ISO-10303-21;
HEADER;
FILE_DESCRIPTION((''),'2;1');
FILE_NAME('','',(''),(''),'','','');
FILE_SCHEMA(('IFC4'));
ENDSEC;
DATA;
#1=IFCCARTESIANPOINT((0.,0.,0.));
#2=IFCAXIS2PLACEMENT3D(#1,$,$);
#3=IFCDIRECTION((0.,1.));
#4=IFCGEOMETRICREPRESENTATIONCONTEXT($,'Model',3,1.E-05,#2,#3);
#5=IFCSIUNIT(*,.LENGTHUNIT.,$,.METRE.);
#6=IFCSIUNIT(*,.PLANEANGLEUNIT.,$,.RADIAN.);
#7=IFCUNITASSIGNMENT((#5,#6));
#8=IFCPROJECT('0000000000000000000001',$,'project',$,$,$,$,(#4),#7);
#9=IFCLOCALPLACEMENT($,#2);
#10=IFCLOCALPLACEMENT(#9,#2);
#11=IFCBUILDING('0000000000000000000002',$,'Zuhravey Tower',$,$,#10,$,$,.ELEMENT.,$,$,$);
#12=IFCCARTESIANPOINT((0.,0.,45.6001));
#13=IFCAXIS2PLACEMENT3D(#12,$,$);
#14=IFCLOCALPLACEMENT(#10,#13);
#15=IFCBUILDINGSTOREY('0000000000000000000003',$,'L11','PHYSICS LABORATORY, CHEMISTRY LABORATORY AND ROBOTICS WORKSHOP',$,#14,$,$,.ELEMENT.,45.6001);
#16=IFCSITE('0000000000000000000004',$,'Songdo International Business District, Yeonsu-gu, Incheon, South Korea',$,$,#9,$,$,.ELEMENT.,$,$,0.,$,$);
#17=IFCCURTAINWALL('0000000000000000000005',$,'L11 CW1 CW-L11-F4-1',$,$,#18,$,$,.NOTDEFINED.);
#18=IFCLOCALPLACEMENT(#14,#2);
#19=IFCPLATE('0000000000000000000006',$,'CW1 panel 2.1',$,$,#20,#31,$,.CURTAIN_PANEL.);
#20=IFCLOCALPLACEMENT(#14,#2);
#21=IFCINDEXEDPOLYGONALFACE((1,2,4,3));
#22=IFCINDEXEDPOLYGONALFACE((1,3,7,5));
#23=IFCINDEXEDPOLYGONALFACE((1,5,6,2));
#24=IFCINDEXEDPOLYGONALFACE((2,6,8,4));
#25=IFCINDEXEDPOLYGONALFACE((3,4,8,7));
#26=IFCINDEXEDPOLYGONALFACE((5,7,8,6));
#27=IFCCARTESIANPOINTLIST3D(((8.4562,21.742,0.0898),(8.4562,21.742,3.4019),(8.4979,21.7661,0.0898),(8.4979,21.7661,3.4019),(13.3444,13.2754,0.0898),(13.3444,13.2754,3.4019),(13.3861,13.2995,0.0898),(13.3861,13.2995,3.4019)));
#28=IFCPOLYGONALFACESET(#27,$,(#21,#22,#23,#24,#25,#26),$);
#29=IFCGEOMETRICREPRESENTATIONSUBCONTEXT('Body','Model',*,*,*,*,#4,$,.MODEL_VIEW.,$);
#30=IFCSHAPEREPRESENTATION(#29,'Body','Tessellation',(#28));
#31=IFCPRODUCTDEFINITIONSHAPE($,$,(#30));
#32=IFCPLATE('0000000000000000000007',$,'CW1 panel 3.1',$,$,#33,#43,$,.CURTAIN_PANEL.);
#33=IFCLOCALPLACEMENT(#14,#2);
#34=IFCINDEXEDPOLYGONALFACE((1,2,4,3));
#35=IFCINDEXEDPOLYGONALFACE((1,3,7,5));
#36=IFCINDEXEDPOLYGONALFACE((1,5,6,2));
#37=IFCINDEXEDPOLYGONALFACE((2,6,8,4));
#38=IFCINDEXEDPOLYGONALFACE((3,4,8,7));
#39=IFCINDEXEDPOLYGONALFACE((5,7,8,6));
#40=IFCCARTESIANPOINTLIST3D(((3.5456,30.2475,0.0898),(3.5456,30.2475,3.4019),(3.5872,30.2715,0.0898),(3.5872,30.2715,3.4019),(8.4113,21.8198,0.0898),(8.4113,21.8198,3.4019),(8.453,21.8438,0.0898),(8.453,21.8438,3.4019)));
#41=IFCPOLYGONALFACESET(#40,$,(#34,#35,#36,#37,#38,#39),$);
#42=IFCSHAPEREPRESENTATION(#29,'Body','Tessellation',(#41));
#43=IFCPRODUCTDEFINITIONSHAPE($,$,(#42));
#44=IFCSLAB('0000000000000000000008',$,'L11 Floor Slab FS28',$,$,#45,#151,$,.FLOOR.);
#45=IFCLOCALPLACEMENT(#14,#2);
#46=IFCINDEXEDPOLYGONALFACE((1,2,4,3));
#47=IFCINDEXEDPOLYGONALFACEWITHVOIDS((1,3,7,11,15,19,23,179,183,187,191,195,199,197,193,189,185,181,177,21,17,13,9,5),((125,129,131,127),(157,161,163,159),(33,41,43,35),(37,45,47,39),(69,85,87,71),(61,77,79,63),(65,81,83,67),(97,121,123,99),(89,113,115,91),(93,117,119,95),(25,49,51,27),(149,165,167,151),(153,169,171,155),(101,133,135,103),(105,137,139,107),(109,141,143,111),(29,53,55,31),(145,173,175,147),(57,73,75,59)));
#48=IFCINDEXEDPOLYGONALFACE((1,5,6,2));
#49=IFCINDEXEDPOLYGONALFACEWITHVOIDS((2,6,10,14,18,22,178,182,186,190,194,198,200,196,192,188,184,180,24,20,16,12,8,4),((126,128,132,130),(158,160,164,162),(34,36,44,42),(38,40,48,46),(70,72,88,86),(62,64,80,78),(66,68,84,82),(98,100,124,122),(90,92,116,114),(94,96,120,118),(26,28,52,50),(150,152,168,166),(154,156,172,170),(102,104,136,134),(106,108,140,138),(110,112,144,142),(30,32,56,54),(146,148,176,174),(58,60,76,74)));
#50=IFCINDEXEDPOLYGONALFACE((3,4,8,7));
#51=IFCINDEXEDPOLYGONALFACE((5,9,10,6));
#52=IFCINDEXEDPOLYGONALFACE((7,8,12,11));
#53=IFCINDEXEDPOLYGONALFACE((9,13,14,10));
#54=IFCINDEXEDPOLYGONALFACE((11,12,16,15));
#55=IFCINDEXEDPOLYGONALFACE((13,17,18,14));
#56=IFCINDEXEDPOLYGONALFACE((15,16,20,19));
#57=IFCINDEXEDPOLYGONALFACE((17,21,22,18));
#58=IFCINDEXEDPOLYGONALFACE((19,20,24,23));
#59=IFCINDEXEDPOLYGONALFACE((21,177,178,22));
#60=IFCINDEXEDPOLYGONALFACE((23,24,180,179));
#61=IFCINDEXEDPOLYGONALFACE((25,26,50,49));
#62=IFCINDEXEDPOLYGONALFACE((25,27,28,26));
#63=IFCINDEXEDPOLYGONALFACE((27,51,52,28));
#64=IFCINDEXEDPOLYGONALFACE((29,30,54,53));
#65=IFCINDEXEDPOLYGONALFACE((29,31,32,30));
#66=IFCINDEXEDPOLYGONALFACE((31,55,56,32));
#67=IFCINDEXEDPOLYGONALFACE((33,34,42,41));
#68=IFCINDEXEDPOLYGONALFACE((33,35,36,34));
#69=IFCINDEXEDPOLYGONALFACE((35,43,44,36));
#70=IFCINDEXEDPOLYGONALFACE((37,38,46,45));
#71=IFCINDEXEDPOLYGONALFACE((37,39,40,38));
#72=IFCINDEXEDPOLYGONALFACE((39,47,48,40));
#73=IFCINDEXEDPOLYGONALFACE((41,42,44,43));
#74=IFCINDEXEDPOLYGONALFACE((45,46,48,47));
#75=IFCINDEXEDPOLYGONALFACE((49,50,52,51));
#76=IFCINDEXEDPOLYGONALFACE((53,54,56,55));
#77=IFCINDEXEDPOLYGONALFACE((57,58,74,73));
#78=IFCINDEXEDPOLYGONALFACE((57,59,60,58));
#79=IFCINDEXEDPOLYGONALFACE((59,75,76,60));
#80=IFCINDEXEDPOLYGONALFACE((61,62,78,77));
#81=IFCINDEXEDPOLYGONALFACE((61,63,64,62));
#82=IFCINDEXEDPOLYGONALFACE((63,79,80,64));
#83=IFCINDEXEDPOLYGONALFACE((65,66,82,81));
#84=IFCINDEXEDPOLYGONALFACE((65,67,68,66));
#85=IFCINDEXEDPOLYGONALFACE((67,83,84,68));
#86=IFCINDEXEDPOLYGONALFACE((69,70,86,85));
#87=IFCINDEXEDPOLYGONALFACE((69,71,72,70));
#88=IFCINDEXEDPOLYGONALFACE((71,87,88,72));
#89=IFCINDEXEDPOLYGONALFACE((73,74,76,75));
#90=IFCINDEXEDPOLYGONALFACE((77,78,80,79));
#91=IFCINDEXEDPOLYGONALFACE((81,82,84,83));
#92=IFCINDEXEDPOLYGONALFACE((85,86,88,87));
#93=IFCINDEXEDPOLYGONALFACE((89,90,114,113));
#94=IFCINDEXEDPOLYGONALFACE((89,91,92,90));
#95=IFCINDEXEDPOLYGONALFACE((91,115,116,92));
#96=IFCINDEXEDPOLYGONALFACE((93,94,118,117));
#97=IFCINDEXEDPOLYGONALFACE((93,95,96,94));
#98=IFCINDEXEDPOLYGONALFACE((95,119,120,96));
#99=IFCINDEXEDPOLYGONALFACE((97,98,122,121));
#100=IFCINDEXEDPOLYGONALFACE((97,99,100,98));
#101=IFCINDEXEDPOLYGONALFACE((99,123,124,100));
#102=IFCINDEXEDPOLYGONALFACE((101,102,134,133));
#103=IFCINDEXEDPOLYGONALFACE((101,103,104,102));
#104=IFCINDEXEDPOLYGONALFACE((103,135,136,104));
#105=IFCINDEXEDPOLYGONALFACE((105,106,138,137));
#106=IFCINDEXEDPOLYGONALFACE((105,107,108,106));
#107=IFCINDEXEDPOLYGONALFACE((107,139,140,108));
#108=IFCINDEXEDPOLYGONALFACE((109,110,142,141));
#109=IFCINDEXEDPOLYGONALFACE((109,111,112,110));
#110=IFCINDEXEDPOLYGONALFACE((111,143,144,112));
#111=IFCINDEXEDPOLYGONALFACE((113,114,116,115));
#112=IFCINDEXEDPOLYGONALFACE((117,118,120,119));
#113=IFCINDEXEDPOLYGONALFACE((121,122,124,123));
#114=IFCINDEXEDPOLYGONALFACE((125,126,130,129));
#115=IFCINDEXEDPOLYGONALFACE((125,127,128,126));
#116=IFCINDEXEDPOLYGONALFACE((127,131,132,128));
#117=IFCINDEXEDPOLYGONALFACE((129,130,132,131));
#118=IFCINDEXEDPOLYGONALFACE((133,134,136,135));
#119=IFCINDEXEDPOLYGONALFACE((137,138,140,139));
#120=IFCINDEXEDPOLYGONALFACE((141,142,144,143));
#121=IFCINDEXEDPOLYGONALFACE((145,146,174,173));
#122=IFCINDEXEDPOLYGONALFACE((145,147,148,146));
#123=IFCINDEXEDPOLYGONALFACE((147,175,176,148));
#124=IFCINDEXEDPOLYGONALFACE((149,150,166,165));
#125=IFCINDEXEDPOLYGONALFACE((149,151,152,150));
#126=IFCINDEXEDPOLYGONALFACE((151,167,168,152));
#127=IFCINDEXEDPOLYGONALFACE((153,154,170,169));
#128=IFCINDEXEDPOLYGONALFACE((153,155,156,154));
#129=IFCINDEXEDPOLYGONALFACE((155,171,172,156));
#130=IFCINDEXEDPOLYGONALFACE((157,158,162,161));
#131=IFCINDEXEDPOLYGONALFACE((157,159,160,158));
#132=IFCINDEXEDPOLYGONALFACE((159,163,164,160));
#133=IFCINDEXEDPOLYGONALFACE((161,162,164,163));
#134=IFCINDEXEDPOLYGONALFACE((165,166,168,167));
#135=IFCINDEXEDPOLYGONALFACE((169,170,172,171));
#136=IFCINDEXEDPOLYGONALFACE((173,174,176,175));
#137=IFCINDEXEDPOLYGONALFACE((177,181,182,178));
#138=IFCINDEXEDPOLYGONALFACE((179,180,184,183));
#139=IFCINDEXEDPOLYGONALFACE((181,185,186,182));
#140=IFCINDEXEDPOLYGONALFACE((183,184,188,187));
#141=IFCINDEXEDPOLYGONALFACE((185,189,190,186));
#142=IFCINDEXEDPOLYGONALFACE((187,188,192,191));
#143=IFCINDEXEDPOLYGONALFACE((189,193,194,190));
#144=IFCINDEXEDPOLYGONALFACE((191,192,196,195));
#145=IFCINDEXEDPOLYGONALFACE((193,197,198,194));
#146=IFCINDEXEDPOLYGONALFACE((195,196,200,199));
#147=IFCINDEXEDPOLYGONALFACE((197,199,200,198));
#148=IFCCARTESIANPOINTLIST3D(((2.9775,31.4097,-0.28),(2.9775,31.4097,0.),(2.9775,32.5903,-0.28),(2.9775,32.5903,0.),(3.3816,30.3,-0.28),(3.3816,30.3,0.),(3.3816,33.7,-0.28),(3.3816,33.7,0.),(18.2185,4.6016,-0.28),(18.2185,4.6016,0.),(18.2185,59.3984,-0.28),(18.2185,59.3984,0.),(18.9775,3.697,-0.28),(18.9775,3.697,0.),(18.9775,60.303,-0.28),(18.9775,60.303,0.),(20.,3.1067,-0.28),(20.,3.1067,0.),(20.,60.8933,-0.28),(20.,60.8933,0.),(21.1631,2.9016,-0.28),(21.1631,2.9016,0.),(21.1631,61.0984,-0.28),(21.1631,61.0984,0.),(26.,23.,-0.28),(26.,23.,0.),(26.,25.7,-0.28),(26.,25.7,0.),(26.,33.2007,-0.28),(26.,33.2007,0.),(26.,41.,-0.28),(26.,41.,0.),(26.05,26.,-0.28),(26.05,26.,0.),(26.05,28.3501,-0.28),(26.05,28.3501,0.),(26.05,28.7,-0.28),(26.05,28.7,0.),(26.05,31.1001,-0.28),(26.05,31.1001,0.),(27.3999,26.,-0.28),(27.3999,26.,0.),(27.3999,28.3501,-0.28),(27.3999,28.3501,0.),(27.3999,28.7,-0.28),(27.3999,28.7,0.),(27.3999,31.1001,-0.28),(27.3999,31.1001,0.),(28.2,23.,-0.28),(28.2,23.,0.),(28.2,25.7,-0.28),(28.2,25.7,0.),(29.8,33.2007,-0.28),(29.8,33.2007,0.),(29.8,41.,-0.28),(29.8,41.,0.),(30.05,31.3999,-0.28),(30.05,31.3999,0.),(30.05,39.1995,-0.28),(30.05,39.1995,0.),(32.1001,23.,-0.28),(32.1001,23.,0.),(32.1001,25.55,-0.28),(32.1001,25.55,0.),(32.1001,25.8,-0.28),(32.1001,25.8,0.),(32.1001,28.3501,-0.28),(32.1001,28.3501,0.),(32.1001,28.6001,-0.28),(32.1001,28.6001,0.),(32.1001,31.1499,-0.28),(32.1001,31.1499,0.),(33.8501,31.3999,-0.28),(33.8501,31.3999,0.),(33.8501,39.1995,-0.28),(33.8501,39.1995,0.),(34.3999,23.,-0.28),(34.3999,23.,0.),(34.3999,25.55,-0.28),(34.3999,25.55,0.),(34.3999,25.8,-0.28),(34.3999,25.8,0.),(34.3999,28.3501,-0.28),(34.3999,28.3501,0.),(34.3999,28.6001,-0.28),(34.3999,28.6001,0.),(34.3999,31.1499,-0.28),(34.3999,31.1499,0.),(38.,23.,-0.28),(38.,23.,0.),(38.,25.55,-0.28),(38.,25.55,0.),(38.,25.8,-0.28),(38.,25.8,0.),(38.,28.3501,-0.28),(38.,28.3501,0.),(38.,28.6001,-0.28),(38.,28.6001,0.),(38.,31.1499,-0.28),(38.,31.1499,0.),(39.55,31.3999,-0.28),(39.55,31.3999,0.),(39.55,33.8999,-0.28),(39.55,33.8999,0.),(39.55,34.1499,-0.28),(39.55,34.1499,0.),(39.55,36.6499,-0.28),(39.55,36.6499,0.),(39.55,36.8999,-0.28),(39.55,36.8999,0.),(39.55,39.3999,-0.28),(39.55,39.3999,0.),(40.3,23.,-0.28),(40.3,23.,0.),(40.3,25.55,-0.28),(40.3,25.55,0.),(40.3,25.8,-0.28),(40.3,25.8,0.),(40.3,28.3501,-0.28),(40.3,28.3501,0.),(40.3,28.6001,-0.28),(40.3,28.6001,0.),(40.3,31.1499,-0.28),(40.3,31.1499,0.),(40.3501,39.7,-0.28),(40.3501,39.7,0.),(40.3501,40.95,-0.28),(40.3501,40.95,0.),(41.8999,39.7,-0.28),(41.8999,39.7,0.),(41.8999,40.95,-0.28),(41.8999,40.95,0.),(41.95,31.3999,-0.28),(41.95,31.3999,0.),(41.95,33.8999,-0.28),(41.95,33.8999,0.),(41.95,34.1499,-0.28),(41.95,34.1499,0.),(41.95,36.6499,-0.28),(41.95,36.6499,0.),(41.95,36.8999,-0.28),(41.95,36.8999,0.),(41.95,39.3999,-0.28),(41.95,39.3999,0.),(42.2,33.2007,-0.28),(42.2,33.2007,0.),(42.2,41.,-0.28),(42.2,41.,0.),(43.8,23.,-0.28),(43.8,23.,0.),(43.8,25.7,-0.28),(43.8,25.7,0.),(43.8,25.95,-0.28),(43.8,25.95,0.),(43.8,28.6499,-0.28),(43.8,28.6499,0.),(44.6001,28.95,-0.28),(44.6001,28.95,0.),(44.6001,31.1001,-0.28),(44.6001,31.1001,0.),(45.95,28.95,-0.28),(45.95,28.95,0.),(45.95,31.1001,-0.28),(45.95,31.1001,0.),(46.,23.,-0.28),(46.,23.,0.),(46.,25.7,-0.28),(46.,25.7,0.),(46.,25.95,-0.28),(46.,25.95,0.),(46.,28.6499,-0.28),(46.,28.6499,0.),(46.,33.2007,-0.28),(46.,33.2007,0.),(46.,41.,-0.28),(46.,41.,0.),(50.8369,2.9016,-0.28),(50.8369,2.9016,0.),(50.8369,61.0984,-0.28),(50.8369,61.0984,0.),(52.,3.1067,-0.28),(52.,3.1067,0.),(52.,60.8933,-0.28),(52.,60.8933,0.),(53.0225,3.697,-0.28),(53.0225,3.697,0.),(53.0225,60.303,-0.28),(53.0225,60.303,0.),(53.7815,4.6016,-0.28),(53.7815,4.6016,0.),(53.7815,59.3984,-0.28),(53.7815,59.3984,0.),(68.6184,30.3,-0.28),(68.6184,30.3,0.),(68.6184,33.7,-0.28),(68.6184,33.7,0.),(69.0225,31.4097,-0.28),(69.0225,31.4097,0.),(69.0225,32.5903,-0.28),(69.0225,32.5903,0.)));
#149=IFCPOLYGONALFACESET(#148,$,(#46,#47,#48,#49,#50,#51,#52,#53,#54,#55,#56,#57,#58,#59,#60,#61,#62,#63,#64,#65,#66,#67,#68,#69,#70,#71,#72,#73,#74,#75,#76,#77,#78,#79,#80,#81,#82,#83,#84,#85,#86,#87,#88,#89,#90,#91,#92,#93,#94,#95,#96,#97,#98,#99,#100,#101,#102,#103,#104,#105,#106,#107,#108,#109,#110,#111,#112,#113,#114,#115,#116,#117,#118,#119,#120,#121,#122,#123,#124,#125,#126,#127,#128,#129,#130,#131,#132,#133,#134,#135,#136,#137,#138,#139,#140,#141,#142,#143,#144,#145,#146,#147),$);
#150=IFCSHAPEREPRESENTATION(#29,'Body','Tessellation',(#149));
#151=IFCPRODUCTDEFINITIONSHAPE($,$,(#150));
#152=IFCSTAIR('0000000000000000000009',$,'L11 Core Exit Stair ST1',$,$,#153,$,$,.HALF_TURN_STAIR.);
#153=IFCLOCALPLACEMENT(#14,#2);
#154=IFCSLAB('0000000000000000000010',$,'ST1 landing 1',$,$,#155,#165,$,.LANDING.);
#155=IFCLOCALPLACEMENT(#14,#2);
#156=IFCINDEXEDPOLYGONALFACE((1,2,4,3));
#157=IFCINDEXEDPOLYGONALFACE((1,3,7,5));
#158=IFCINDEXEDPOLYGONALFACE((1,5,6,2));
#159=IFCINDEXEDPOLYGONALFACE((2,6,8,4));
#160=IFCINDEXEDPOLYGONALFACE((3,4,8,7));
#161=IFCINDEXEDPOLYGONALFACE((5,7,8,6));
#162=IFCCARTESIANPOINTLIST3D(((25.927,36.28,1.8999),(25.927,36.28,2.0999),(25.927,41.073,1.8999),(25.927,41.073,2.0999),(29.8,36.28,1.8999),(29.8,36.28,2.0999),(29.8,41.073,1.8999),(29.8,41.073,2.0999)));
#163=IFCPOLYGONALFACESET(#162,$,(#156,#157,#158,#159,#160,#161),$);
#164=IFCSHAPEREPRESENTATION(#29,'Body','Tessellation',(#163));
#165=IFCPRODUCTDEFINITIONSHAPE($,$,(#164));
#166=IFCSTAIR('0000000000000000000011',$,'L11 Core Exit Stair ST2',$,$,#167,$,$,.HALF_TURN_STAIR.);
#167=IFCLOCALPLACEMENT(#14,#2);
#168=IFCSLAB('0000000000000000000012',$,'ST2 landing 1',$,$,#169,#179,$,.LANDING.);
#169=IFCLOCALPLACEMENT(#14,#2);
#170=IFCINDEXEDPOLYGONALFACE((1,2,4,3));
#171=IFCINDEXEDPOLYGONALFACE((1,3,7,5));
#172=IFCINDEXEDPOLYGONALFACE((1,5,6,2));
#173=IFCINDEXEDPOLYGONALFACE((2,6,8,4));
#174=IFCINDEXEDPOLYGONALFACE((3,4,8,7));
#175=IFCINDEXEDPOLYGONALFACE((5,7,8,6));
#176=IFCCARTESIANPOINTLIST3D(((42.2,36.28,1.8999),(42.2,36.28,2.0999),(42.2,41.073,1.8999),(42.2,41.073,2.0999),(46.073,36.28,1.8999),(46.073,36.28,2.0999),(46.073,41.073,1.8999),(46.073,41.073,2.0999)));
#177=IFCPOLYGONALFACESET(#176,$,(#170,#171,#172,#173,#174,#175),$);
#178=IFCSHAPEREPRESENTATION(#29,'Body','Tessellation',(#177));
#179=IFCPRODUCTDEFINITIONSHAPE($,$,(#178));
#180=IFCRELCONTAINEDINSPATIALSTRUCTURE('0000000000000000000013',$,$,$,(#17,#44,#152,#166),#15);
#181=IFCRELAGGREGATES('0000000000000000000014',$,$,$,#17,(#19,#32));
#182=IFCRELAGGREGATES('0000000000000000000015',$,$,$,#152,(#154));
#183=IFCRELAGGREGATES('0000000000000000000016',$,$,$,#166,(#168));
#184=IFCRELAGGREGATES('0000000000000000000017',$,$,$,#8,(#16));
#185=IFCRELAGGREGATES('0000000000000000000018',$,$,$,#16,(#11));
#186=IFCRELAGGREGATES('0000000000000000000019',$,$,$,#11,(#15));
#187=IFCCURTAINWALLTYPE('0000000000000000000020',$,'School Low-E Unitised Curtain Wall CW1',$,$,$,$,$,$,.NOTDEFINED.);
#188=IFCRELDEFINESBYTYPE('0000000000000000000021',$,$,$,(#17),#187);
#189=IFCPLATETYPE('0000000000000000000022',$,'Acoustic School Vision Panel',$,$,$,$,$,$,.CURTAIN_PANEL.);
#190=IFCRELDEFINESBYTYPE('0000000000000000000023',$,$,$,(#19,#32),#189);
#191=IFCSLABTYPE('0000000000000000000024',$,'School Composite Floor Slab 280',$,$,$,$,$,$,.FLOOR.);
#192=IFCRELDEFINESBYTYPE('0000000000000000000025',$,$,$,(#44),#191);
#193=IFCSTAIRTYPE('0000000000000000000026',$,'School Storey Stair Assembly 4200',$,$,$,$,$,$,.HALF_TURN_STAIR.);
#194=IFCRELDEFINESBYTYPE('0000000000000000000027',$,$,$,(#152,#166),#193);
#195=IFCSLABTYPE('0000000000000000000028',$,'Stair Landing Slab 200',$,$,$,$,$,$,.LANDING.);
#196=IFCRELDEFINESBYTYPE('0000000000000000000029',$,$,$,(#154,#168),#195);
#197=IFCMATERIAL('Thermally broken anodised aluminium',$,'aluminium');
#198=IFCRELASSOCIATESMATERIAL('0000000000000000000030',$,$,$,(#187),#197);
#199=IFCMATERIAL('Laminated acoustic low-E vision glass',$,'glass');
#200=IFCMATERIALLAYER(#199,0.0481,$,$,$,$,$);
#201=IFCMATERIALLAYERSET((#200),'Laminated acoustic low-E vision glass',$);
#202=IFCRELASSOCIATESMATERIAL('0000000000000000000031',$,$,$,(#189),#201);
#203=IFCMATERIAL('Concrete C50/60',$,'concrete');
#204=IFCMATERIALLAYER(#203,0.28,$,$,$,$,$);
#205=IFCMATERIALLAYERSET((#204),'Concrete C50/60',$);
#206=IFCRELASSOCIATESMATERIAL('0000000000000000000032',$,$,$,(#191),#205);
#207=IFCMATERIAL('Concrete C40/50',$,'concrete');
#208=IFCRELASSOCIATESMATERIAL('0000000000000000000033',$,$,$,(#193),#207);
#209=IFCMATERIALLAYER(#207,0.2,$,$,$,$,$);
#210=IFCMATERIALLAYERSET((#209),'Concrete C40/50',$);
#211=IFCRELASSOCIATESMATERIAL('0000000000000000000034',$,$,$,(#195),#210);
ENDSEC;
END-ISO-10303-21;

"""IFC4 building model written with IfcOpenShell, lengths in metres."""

from ifc_helpers import new_model, si_unit, direction, frame, origin, origin_2d, place, context, subcontext, project, spatial, polyline, rectangle, outline, extrude, material, layer, layer_set, type_object, element, aggregate, save


model = new_model("IFC4")

# Units and contexts
model_context = context("Model", 3, precision=1e-05, world=origin(), true_north=direction((0.0, 1.0)))
body_context = subcontext(model_context, "Body", "Model", "MODEL_VIEW")
ifc_project = project(units=[si_unit("LENGTHUNIT", "METRE"), si_unit("PLANEANGLEUNIT", "RADIAN")], contexts=[model_context])

# Site, building, storey
site_placement = place(None, origin())
site = spatial("IfcSite", under=ifc_project, at=site_placement, Name="Songdo International Business District, Yeonsu-gu, Incheon, South Korea", CompositionType="ELEMENT", RefElevation=0.0)
building_placement = place(site_placement, origin())
building = spatial("IfcBuilding", under=site, at=building_placement, Name="Zuhravey Tower", CompositionType="ELEMENT")
storey_placement = place(building_placement, frame((0.0, 0.0, 45.6001)))
storey = spatial("IfcBuildingStorey", under=building, at=storey_placement, Name="L11", Description="PHYSICS LABORATORY, CHEMISTRY LABORATORY AND ROBOTICS WORKSHOP", CompositionType="ELEMENT", Elevation=45.6001)

# Shared definitions
ifc_material_1 = material(Name="Thermally broken anodised aluminium", Category="aluminium")
curtain_wall_type = type_object("IfcCurtainWallType", Name="School Low-E Unitised Curtain Wall CW1", PredefinedType="NOTDEFINED", material=ifc_material_1)

# Curtain wall
curtain_wall_1_placement = place(storey_placement, origin())
curtain_wall_1 = element("IfcCurtainWall", 1, at=curtain_wall_1_placement, inside=storey, type_object=curtain_wall_type, Name="L11 CW1 CW-L11-F4-1", PredefinedType="NOTDEFINED")

# Plates
ifc_material_2 = material(Name="Laminated acoustic low-E vision glass", Category="glass")
ifc_layer_1 = layer(ifc_material_2, 0.0481)
ifc_layer_set_1 = layer_set([ifc_layer_1], Name="Laminated acoustic low-E vision glass")
plate_type = type_object("IfcPlateType", Name="Acoustic School Vision Panel", PredefinedType="CURTAIN_PANEL", material=ifc_layer_set_1)
plate_1_placement = place(storey_placement, frame((10.9211, 17.5208, 0.0898), z_axis=(0.0, 0.0, 1.0), x_axis=(-0.5, 0.866026, 0.0)))
plate_1 = element("IfcPlate", 2, at=plate_1_placement, type_object=plate_type, Name="CW1 panel 2.1", PredefinedType="CURTAIN_PANEL", context=body_context, shape_type="SweptSolid", body=[
    extrude(rectangle(XDim=9.7764, YDim=0.0481, at=origin_2d()), origin(), (0.0, 0.0, 1.0), 3.312),
])
plate_2_placement = place(storey_placement, frame((5.9993, 26.0457, 0.0898), z_axis=(0.0, 0.0, 1.0), x_axis=(-0.5, 0.866026, 0.0)))
plate_2 = element("IfcPlate", 3, at=plate_2_placement, type_object=plate_type, Name="CW1 panel 3.1", PredefinedType="CURTAIN_PANEL", context=body_context, shape_type="SweptSolid", body=[
    extrude(rectangle(XDim=9.7314, YDim=0.0481, at=origin_2d()), origin(), (0.0, 0.0, 1.0), 3.312),
])
aggregate(curtain_wall_1, [plate_1, plate_2])

# Slab
ifc_material_3 = material(Name="Concrete C50/60", Category="concrete")
ifc_layer_2 = layer(ifc_material_3, 0.28)
ifc_layer_set_2 = layer_set([ifc_layer_2], Name="Concrete C50/60")
slab_type_1 = type_object("IfcSlabType", Name="School Composite Floor Slab 280", PredefinedType="FLOOR", material=ifc_layer_set_2)
slab_1_placement = place(storey_placement, frame((0.0, 0.0, -0.28)))
element("IfcSlab", 4, at=slab_1_placement, inside=storey, type_object=slab_type_1, Name="L11 Floor Slab FS28", PredefinedType="FLOOR", context=body_context, shape_type="SweptSolid", body=[
    extrude(outline(polyline([(68.6184, 30.3), (69.0225, 31.4097), (69.0225, 32.5903), (68.6184, 33.7), (53.7815, 59.3984), (53.0225, 60.303), (52.0, 60.8933), (50.8369, 61.0984), (21.1631, 61.0984), (20.0, 60.8933), (18.9775, 60.303), (18.2185, 59.3984), (3.3816, 33.7), (2.9775, 32.5903), (2.9775, 31.4097), (3.3816, 30.3), (18.2185, 4.6016), (18.9775, 3.697), (20.0, 3.1067), (21.1631, 2.9016), (50.8369, 2.9016), (52.0, 3.1067), (53.0225, 3.697), (53.7815, 4.6016), (68.6184, 30.3)]), holes=[polyline([(29.8, 33.2007), (29.8, 41.0), (26.0, 41.0), (26.0, 33.2007), (29.8, 33.2007)]), polyline([(46.0, 33.2007), (46.0, 41.0), (42.2, 41.0), (42.2, 33.2007), (46.0, 33.2007)]), polyline([(30.05, 39.1995), (30.05, 31.3999), (33.8501, 31.3999), (33.8501, 39.1995), (30.05, 39.1995)]), polyline([(32.1001, 23.0), (34.3999, 23.0), (34.3999, 25.55), (32.1001, 25.55), (32.1001, 23.0)]), polyline([(32.1001, 25.8), (34.3999, 25.8), (34.3999, 28.3501), (32.1001, 28.3501), (32.1001, 25.8)]), polyline([(32.1001, 28.6001), (34.3999, 28.6001), (34.3999, 31.1499), (32.1001, 31.1499), (32.1001, 28.6001)]), polyline([(38.0, 23.0), (40.3, 23.0), (40.3, 25.55), (38.0, 25.55), (38.0, 23.0)]), polyline([(38.0, 25.8), (40.3, 25.8), (40.3, 28.3501), (38.0, 28.3501), (38.0, 25.8)]), polyline([(38.0, 28.6001), (40.3, 28.6001), (40.3, 31.1499), (38.0, 31.1499), (38.0, 28.6001)]), polyline([(39.55, 31.3999), (41.95, 31.3999), (41.95, 33.8999), (39.55, 33.8999), (39.55, 31.3999)]), polyline([(39.55, 34.1499), (41.95, 34.1499), (41.95, 36.6499), (39.55, 36.6499), (39.55, 34.1499)]), polyline([(39.55, 36.8999), (41.95, 36.8999), (41.95, 39.3999), (39.55, 39.3999), (39.55, 36.8999)]), polyline([(26.0, 23.0), (28.2, 23.0), (28.2, 25.7), (26.0, 25.7), (26.0, 23.0)]), polyline([(43.8, 23.0), (46.0, 23.0), (46.0, 25.7), (43.8, 25.7), (43.8, 23.0)]), polyline([(43.8, 25.95), (46.0, 25.95), (46.0, 28.6499), (43.8, 28.6499), (43.8, 25.95)]), polyline([(26.05, 26.0), (27.3999, 26.0), (27.3999, 28.3501), (26.05, 28.3501), (26.05, 26.0)]), polyline([(26.05, 28.7), (27.3999, 28.7), (27.3999, 31.1001), (26.05, 31.1001), (26.05, 28.7)]), polyline([(44.6001, 28.95), (45.95, 28.95), (45.95, 31.1001), (44.6001, 31.1001), (44.6001, 28.95)]), polyline([(40.3501, 39.7), (41.8999, 39.7), (41.8999, 40.95), (40.3501, 40.95), (40.3501, 39.7)])]), origin(), (0.0, 0.0, 1.0), 0.28),
])

# Stairs, slabs
ifc_material_4 = material(Name="Concrete C40/50", Category="concrete")
stair_type = type_object("IfcStairType", Name="School Storey Stair Assembly 4200", PredefinedType="HALF_TURN_STAIR", material=ifc_material_4)
stair_1_placement = place(storey_placement, origin())
stair_1 = element("IfcStair", 5, at=stair_1_placement, inside=storey, type_object=stair_type, Name="L11 Core Exit Stair ST1", PredefinedType="HALF_TURN_STAIR")
ifc_layer_3 = layer(ifc_material_4, 0.2)
ifc_layer_set_3 = layer_set([ifc_layer_3], Name="Concrete C40/50")
slab_type_2 = type_object("IfcSlabType", Name="Stair Landing Slab 200", PredefinedType="LANDING", material=ifc_layer_set_3)
slab_2_placement = place(storey_placement, frame((0.0, 0.0, 1.8999)))
slab_2 = element("IfcSlab", 6, at=slab_2_placement, type_object=slab_type_2, Name="ST1 landing 1", PredefinedType="LANDING", context=body_context, shape_type="SweptSolid", body=[
    extrude(outline(polyline([(29.8, 36.28), (29.8, 41.073), (25.927, 41.073), (25.927, 36.28), (29.8, 36.28)])), origin(), (0.0, 0.0, 1.0), 0.2),
])
aggregate(stair_1, [slab_2])
stair_2_placement = place(storey_placement, origin())
stair_2 = element("IfcStair", 7, at=stair_2_placement, inside=storey, type_object=stair_type, Name="L11 Core Exit Stair ST2", PredefinedType="HALF_TURN_STAIR")
slab_3_placement = place(storey_placement, frame((0.0, 0.0, 1.8999)))
slab_3 = element("IfcSlab", 8, at=slab_3_placement, type_object=slab_type_2, Name="ST2 landing 1", PredefinedType="LANDING", context=body_context, shape_type="SweptSolid", body=[
    extrude(outline(polyline([(46.073, 36.28), (46.073, 41.073), (42.2, 41.073), (42.2, 36.28), (46.073, 36.28)])), origin(), (0.0, 0.0, 1.0), 0.2),
])
aggregate(stair_2, [slab_3])

save(model, "model.ifc")
